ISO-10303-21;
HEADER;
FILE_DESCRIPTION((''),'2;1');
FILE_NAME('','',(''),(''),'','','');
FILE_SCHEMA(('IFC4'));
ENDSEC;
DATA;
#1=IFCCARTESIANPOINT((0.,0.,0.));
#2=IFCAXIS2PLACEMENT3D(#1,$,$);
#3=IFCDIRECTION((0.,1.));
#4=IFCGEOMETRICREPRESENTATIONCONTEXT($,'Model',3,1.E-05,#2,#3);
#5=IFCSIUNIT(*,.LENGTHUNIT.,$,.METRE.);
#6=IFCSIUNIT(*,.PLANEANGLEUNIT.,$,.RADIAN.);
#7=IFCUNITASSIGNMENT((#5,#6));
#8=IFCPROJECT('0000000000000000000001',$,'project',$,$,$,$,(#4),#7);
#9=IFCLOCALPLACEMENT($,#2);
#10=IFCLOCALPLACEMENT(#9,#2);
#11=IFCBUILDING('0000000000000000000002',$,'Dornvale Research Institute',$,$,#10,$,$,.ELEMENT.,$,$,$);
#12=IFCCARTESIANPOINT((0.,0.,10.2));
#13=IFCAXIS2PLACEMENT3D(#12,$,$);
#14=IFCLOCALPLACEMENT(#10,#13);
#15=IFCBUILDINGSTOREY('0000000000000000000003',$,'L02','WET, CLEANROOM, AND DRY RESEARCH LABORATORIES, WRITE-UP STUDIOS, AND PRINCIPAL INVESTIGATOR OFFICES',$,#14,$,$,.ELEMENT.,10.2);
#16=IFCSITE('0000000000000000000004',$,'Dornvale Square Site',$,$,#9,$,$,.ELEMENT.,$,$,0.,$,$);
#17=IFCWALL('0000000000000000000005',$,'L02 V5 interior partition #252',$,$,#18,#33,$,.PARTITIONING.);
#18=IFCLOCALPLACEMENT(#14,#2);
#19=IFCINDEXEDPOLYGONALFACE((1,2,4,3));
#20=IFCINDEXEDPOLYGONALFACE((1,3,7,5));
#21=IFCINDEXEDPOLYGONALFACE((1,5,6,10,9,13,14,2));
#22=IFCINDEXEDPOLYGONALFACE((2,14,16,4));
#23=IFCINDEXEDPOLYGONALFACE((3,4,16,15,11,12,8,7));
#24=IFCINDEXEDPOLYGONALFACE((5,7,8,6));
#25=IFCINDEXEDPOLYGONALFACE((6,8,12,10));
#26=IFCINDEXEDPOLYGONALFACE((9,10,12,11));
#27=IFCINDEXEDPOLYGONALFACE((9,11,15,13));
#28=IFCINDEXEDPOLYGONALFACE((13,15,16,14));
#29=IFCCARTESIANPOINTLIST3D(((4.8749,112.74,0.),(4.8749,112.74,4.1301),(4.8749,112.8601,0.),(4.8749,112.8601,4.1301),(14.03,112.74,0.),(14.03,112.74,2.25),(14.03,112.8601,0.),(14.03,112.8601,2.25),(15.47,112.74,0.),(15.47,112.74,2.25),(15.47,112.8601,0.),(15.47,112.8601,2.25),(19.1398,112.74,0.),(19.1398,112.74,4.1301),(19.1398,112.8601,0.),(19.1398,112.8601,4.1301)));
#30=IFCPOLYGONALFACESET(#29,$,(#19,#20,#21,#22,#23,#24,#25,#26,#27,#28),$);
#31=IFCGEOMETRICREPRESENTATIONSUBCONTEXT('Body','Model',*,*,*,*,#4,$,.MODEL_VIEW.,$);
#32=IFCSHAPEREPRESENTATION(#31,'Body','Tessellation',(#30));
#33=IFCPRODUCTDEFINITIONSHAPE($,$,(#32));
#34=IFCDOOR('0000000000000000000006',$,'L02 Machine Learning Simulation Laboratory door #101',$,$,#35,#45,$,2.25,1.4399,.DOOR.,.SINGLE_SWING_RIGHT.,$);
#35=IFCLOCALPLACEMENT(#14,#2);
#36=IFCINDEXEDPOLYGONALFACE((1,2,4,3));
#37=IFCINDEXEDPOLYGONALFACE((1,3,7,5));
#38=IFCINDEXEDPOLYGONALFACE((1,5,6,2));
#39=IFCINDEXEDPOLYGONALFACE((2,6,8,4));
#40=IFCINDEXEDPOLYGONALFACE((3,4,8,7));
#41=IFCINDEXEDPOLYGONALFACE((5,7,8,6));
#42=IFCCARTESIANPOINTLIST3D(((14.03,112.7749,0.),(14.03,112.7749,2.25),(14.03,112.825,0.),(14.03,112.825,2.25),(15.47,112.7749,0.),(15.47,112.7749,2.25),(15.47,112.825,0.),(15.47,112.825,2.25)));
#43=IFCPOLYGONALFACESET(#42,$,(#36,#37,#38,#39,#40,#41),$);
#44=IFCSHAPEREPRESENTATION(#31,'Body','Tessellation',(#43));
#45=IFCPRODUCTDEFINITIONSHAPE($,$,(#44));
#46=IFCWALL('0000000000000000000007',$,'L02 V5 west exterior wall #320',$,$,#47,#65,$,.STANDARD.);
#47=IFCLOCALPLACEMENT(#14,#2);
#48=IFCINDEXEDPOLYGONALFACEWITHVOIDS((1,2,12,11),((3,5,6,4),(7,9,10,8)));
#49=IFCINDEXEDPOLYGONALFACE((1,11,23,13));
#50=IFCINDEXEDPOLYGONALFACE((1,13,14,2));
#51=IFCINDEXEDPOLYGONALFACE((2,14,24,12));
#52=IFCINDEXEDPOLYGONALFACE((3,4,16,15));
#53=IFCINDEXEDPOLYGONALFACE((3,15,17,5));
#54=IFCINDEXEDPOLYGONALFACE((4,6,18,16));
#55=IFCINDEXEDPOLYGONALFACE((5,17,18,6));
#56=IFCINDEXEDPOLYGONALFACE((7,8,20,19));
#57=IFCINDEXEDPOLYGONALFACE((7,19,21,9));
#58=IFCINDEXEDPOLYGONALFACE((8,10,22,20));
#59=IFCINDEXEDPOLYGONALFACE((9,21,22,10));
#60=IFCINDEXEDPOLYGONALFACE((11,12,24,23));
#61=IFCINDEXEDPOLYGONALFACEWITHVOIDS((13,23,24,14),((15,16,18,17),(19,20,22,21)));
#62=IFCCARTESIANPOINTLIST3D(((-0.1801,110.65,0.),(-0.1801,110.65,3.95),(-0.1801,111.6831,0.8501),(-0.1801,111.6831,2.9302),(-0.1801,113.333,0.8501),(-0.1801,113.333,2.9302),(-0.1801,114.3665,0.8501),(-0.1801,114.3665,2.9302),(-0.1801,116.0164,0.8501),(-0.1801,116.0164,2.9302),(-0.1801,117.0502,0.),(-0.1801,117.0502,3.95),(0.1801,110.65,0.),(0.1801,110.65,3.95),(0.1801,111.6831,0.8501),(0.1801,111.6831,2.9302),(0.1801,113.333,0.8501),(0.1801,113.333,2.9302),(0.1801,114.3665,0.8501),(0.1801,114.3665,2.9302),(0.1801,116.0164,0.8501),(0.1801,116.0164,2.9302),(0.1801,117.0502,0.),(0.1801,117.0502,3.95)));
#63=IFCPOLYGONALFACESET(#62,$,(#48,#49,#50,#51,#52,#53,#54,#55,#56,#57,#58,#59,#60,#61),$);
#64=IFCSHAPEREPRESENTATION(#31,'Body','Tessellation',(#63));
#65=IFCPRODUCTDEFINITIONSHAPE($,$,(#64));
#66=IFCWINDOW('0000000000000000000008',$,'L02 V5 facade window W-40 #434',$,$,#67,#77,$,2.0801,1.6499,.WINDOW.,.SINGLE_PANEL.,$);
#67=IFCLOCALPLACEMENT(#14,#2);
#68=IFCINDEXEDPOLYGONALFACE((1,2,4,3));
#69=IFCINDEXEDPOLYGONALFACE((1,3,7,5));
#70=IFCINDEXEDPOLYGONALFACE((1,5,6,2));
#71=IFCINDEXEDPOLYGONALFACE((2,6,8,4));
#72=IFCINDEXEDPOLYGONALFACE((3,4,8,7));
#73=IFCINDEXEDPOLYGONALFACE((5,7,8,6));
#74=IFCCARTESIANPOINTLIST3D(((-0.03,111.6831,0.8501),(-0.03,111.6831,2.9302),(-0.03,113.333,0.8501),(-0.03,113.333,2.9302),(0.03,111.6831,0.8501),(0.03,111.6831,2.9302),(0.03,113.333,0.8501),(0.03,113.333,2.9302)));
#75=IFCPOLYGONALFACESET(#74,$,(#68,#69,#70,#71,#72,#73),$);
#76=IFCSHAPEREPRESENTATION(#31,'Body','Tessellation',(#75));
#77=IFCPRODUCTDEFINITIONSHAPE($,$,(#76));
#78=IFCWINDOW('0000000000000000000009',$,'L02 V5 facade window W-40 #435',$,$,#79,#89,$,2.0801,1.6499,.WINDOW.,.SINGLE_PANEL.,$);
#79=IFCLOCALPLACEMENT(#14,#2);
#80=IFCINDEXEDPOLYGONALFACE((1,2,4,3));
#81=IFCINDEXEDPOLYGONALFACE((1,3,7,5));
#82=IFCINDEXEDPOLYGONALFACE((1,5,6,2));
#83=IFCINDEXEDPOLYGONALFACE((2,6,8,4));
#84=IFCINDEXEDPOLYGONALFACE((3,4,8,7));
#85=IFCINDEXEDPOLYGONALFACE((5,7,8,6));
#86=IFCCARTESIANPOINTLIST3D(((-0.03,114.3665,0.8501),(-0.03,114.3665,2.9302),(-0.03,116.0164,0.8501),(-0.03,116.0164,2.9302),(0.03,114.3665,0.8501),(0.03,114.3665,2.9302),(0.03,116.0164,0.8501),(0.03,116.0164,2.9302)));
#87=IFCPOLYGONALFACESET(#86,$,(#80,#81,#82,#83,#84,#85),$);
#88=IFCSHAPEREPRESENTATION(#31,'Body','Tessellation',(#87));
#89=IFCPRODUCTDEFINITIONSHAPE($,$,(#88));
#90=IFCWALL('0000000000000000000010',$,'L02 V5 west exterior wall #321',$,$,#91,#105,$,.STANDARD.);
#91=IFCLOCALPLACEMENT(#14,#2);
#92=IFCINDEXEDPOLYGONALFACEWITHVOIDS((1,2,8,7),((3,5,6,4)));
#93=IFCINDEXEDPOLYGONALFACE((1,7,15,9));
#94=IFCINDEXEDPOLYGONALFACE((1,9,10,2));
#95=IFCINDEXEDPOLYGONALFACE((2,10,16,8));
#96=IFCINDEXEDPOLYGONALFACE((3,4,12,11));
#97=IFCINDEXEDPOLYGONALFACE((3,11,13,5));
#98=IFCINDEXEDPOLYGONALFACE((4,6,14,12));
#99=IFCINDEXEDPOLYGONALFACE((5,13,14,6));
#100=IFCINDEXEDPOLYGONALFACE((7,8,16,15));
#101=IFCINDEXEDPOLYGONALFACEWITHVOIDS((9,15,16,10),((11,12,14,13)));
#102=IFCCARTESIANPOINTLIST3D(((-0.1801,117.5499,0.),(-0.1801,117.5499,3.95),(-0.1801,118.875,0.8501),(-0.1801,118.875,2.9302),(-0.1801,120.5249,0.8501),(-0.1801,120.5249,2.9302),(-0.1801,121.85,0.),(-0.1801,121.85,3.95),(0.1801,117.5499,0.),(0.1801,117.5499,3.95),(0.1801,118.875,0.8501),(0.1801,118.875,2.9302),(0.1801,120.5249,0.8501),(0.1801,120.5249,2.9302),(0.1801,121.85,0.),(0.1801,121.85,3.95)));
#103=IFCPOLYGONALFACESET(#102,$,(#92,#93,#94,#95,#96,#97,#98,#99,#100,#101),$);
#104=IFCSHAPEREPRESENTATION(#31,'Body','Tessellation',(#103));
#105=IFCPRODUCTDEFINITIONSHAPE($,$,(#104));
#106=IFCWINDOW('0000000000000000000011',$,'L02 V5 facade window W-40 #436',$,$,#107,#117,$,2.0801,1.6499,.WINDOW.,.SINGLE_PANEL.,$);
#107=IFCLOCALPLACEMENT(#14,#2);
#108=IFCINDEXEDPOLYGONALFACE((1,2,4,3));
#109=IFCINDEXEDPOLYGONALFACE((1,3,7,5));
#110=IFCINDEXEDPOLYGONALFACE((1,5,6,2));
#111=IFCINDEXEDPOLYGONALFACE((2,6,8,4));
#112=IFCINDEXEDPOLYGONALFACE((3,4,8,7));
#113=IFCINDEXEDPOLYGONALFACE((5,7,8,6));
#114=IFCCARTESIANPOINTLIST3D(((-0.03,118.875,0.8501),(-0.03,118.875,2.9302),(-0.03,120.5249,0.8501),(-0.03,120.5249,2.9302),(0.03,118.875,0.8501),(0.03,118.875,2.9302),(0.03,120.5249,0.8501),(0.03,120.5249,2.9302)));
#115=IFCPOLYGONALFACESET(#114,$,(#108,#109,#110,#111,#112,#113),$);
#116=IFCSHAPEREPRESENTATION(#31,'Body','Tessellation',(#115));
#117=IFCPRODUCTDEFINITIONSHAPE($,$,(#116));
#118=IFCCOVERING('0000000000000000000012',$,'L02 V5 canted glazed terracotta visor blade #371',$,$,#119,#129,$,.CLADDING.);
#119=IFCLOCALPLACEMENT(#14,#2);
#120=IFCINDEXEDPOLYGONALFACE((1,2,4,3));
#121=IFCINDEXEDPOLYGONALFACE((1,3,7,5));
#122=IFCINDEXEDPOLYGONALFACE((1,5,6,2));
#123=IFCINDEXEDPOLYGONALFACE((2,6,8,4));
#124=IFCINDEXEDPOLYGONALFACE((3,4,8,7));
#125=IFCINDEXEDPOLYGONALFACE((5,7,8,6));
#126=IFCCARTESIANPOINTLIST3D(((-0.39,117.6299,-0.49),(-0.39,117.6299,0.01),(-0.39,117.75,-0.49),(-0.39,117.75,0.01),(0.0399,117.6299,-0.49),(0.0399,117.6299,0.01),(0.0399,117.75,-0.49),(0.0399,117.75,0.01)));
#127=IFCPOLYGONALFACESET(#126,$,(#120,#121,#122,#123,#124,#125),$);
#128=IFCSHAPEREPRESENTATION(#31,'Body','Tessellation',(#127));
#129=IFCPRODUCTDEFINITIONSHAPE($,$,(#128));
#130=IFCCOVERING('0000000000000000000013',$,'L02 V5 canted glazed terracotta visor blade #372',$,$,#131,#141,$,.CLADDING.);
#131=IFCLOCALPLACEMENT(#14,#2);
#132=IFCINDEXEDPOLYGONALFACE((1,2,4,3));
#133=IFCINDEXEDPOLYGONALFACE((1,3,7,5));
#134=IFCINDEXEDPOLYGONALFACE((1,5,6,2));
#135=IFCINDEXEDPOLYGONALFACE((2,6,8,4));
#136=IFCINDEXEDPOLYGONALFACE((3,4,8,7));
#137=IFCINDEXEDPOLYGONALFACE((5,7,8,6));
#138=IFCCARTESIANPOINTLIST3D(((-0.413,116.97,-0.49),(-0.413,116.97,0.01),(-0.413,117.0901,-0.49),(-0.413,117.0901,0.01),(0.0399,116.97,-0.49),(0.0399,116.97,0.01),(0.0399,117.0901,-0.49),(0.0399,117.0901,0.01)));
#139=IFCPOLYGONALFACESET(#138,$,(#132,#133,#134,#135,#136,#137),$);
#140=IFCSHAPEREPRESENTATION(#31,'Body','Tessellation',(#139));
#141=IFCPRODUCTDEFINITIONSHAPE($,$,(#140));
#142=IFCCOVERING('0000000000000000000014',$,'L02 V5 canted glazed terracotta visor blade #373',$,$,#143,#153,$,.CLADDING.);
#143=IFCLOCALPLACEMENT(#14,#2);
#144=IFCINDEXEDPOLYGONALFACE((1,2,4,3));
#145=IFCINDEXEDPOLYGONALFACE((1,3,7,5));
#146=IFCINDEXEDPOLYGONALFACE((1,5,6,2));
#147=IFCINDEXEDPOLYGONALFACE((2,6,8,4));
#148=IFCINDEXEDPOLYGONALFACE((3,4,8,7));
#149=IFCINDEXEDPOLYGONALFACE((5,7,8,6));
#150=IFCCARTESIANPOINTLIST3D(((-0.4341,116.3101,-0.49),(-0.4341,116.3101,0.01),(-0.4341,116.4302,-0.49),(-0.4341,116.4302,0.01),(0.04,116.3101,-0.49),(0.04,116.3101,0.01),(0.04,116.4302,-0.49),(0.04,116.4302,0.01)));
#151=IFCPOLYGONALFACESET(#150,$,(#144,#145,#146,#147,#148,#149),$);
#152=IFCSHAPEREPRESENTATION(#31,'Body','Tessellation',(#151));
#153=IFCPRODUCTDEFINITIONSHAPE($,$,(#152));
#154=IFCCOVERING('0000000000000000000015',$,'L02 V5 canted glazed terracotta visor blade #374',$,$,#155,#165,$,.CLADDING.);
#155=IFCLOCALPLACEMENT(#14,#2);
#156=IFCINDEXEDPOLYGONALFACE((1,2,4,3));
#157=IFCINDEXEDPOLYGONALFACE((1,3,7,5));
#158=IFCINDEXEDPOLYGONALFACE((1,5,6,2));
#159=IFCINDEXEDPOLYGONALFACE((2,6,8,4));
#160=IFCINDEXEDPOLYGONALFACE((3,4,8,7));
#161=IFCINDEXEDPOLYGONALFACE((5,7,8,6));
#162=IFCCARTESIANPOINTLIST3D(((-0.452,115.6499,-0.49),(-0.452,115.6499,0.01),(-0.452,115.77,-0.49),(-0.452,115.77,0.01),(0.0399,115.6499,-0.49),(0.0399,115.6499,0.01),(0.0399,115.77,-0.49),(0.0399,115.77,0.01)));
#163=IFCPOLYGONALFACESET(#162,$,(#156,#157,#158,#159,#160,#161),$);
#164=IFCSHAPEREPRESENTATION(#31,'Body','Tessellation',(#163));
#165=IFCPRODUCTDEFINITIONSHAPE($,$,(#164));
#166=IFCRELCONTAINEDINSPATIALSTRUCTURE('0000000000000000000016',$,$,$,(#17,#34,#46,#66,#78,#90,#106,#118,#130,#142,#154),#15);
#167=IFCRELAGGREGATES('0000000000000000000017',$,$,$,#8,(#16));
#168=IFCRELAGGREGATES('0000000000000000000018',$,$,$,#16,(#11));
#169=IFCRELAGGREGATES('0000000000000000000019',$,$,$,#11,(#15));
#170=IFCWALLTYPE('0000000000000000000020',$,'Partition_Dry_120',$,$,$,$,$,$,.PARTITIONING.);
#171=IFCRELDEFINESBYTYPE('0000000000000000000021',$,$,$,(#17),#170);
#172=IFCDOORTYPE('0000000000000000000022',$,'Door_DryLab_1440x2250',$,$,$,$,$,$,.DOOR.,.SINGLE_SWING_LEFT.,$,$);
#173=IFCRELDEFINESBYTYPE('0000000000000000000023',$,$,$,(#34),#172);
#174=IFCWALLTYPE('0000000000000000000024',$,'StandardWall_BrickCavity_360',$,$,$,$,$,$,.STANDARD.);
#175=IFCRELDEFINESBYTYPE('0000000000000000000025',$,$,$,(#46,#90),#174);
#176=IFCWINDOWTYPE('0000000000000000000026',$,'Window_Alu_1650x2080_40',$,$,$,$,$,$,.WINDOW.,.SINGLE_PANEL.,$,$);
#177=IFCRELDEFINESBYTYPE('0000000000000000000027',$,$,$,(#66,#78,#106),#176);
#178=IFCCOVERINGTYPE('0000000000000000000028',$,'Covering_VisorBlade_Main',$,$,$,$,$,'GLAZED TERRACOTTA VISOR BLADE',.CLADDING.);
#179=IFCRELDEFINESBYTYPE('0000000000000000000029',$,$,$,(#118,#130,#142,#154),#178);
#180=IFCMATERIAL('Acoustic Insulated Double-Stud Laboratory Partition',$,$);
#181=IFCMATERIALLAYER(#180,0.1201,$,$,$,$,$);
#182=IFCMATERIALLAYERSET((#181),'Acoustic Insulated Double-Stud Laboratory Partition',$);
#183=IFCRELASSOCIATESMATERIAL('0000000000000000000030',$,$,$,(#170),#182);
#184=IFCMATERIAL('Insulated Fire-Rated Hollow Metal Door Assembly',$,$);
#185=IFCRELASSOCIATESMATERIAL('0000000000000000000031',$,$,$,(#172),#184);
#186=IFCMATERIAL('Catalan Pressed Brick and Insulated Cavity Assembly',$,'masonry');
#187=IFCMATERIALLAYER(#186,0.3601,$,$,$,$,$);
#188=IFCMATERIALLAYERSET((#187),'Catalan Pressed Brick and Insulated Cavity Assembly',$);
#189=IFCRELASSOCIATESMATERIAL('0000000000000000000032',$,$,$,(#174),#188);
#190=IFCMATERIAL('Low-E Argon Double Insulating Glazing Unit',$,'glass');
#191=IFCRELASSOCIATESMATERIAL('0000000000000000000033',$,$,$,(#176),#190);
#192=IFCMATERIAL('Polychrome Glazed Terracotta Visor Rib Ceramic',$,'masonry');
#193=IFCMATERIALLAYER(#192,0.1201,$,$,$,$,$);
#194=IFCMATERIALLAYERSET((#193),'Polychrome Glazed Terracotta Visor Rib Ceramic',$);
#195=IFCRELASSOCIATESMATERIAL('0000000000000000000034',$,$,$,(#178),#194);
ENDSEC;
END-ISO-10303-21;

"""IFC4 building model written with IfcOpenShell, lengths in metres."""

from ifc_helpers import new_model, si_unit, direction, frame, frame_2d, origin, origin_2d, place, context, subcontext, project, spatial, rectangle, extrude, material, layer, layer_set, type_object, element, fill, save


model = new_model("IFC4")

# Units and contexts
model_context = context("Model", 3, precision=1e-05, world=origin(), true_north=direction((0.0, 1.0)))
body_context = subcontext(model_context, "Body", "Model", "MODEL_VIEW")
ifc_project = project(units=[si_unit("LENGTHUNIT", "METRE"), si_unit("PLANEANGLEUNIT", "RADIAN")], contexts=[model_context])

# Site, building, storey
site_placement = place(None, origin())
site = spatial("IfcSite", under=ifc_project, at=site_placement, Name="Dornvale Square Site", CompositionType="ELEMENT", RefElevation=0.0)
building_placement = place(site_placement, origin())
building = spatial("IfcBuilding", under=site, at=building_placement, Name="Dornvale Research Institute", CompositionType="ELEMENT")
storey_placement = place(building_placement, frame((0.0, 0.0, 10.2)))
storey = spatial("IfcBuildingStorey", under=building, at=storey_placement, Name="L02", Description="WET, CLEANROOM, AND DRY RESEARCH LABORATORIES, WRITE-UP STUDIOS, AND PRINCIPAL INVESTIGATOR OFFICES", CompositionType="ELEMENT", Elevation=10.2)

# Shared definitions
ifc_material_1 = material(Name="Acoustic Insulated Double-Stud Laboratory Partition")
ifc_layer_1 = layer(ifc_material_1, 0.1201)
ifc_layer_set_1 = layer_set([ifc_layer_1], Name="Acoustic Insulated Double-Stud Laboratory Partition")
wall_type_1 = type_object("IfcWallType", Name="Partition_Dry_120", PredefinedType="PARTITIONING", material=ifc_layer_set_1)

# Wall, opening, door
wall_1_placement = place(storey_placement, frame((4.875, 112.8, 0.0), z_axis=(0.0, 0.0, 1.0), x_axis=(1.0, 0.0, 0.0)))
wall_1 = element("IfcWall", 1, at=wall_1_placement, inside=storey, type_object=wall_type_1, Name="L02 V5 interior partition #252", PredefinedType="PARTITIONING", context=body_context, shape_type="SweptSolid", body=[
    extrude(rectangle(XDim=14.2649, YDim=0.1201, at=frame_2d((7.1323, 0.0))), origin(), (0.0, 0.0, 1.0), 4.1301),
])
opening_1_placement = place(wall_1_placement, frame((9.155, 0.0, 0.0)))
opening_1 = element("IfcOpeningElement", 2, at=opening_1_placement, cuts=wall_1, PredefinedType="OPENING", context=body_context, shape_type="SweptSolid", body=[
    extrude(rectangle(XDim=1.4399, YDim=2.25, at=frame_2d((0.72, 1.125))), frame((0.0, 0.075, 0.0), z_axis=(0.0, -1.0, 0.0), x_axis=(1.0, 0.0, 0.0)), (0.0, 0.0, 1.0), 0.1501),
])
ifc_material_2 = material(Name="Insulated Fire-Rated Hollow Metal Door Assembly")
door_type_1 = type_object("IfcDoorType", Name="Door_DryLab_1440x2250", OperationType="SINGLE_SWING_LEFT", PredefinedType="DOOR", material=ifc_material_2)
door_1_placement = place(opening_1_placement, origin())
door_1 = element("IfcDoor", 3, at=door_1_placement, inside=storey, type_object=door_type_1, Name="L02 Machine Learning Simulation Laboratory door #101", OperationType="SINGLE_SWING_RIGHT", OverallHeight=2.25, OverallWidth=1.4399, PredefinedType="DOOR", context=body_context, shape_type="SweptSolid", body=[
    extrude(rectangle(XDim=1.4399, YDim=2.25, at=frame_2d((0.72, 1.125))), frame((0.0, 0.0249, 0.0), z_axis=(0.0, -1.0, 0.0), x_axis=(1.0, 0.0, 0.0)), (0.0, 0.0, 1.0), 0.05),
])
fill(opening_1, door_1)

# Wall, openings, windows
ifc_material_3 = material(Name="Catalan Pressed Brick and Insulated Cavity Assembly", Category="masonry")
ifc_layer_2 = layer(ifc_material_3, 0.3601)
ifc_layer_set_2 = layer_set([ifc_layer_2], Name="Catalan Pressed Brick and Insulated Cavity Assembly")
wall_type_2 = type_object("IfcWallType", Name="StandardWall_BrickCavity_360", PredefinedType="STANDARD", material=ifc_layer_set_2)
wall_2_placement = place(storey_placement, frame((0.0, 110.6499, 0.0), z_axis=(0.0, 0.0, 1.0), x_axis=(0.0, 1.0, 0.0)))
wall_2 = element("IfcWall", 4, at=wall_2_placement, inside=storey, type_object=wall_type_2, Name="L02 V5 west exterior wall #320", PredefinedType="STANDARD", context=body_context, shape_type="SweptSolid", body=[
    extrude(rectangle(XDim=6.4001, YDim=0.3601, at=frame_2d((3.2002, 0.0))), origin(), (0.0, 0.0, 1.0), 3.95),
])
opening_2_placement = place(wall_2_placement, frame((1.0332, 0.0, 0.8501)))
opening_2 = element("IfcOpeningElement", 5, at=opening_2_placement, cuts=wall_2, PredefinedType="OPENING", context=body_context, shape_type="SweptSolid", body=[
    extrude(rectangle(XDim=1.6499, YDim=2.0801, at=frame_2d((0.825, 1.04))), frame((0.0, 0.1951, 0.0), z_axis=(0.0, -1.0, 0.0), x_axis=(1.0, 0.0, 0.0)), (0.0, 0.0, 1.0), 0.3901),
])
opening_3_placement = place(wall_2_placement, frame((3.7166, 0.0, 0.8501)))
opening_3 = element("IfcOpeningElement", 6, at=opening_3_placement, cuts=wall_2, PredefinedType="OPENING", context=body_context, shape_type="SweptSolid", body=[
    extrude(rectangle(XDim=1.6499, YDim=2.0801, at=frame_2d((0.825, 1.04))), frame((0.0, 0.1951, 0.0), z_axis=(0.0, -1.0, 0.0), x_axis=(1.0, 0.0, 0.0)), (0.0, 0.0, 1.0), 0.3901),
])
ifc_material_4 = material(Name="Low-E Argon Double Insulating Glazing Unit", Category="glass")
window_type = type_object("IfcWindowType", Name="Window_Alu_1650x2080_40", PartitioningType="SINGLE_PANEL", PredefinedType="WINDOW", material=ifc_material_4)
window_1_placement = place(opening_2_placement, origin())
window_1 = element("IfcWindow", 7, at=window_1_placement, inside=storey, type_object=window_type, Name="L02 V5 facade window W-40 #434", OverallHeight=2.0801, OverallWidth=1.6499, PartitioningType="SINGLE_PANEL", PredefinedType="WINDOW", context=body_context, shape_type="SweptSolid", body=[
    extrude(rectangle(XDim=1.6499, YDim=2.0801, at=frame_2d((0.825, 1.04))), frame((0.0, 0.03, 0.0), z_axis=(0.0, -1.0, 0.0), x_axis=(1.0, 0.0, 0.0)), (0.0, 0.0, 1.0), 0.0601),
])
fill(opening_2, window_1)
window_2_placement = place(opening_3_placement, origin())
window_2 = element("IfcWindow", 8, at=window_2_placement, inside=storey, type_object=window_type, Name="L02 V5 facade window W-40 #435", OverallHeight=2.0801, OverallWidth=1.6499, PartitioningType="SINGLE_PANEL", PredefinedType="WINDOW", context=body_context, shape_type="SweptSolid", body=[
    extrude(rectangle(XDim=1.6499, YDim=2.0801, at=frame_2d((0.825, 1.04))), frame((0.0, 0.03, 0.0), z_axis=(0.0, -1.0, 0.0), x_axis=(1.0, 0.0, 0.0)), (0.0, 0.0, 1.0), 0.0601),
])
fill(opening_3, window_2)

# Wall, opening, window
wall_3_placement = place(storey_placement, frame((0.0, 117.55, 0.0), z_axis=(0.0, 0.0, 1.0), x_axis=(0.0, 1.0, 0.0)))
wall_3 = element("IfcWall", 9, at=wall_3_placement, inside=storey, type_object=wall_type_2, Name="L02 V5 west exterior wall #321", PredefinedType="STANDARD", context=body_context, shape_type="SweptSolid", body=[
    extrude(rectangle(XDim=4.3, YDim=0.3601, at=frame_2d((2.1499, 0.0))), origin(), (0.0, 0.0, 1.0), 3.95),
])
opening_4_placement = place(wall_3_placement, frame((1.325, 0.0, 0.8501)))
opening_4 = element("IfcOpeningElement", 10, at=opening_4_placement, cuts=wall_3, PredefinedType="OPENING", context=body_context, shape_type="SweptSolid", body=[
    extrude(rectangle(XDim=1.6499, YDim=2.0801, at=frame_2d((0.825, 1.04))), frame((0.0, 0.1951, 0.0), z_axis=(0.0, -1.0, 0.0), x_axis=(1.0, 0.0, 0.0)), (0.0, 0.0, 1.0), 0.3901),
])
window_3_placement = place(opening_4_placement, origin())
window_3 = element("IfcWindow", 11, at=window_3_placement, inside=storey, type_object=window_type, Name="L02 V5 facade window W-40 #436", OverallHeight=2.0801, OverallWidth=1.6499, PartitioningType="SINGLE_PANEL", PredefinedType="WINDOW", context=body_context, shape_type="SweptSolid", body=[
    extrude(rectangle(XDim=1.6499, YDim=2.0801, at=frame_2d((0.825, 1.04))), frame((0.0, 0.03, 0.0), z_axis=(0.0, -1.0, 0.0), x_axis=(1.0, 0.0, 0.0)), (0.0, 0.0, 1.0), 0.0601),
])
fill(opening_4, window_3)

# Coverings
ifc_material_5 = material(Name="Polychrome Glazed Terracotta Visor Rib Ceramic", Category="masonry")
ifc_layer_3 = layer(ifc_material_5, 0.1201)
ifc_layer_set_3 = layer_set([ifc_layer_3], Name="Polychrome Glazed Terracotta Visor Rib Ceramic")
covering_type = type_object("IfcCoveringType", Name="Covering_VisorBlade_Main", ElementType="GLAZED TERRACOTTA VISOR BLADE", PredefinedType="CLADDING", material=ifc_layer_set_3)
covering_1_placement = place(storey_placement, frame((-0.175, 117.6899, -0.49), z_axis=(0.0, 0.0, 1.0), x_axis=(1.0, 0.0, 0.0)))
element("IfcCovering", 12, at=covering_1_placement, inside=storey, type_object=covering_type, Name="L02 V5 canted glazed terracotta visor blade #371", PredefinedType="CLADDING", context=body_context, shape_type="SweptSolid", body=[
    extrude(rectangle(XDim=0.4299, YDim=0.1201, at=origin_2d()), origin(), (0.0, 0.0, 1.0), 0.5),
])
covering_2_placement = place(storey_placement, frame((-0.1865, 117.03, -0.49), z_axis=(0.0, 0.0, 1.0), x_axis=(1.0, 0.0, 0.0)))
element("IfcCovering", 13, at=covering_2_placement, inside=storey, type_object=covering_type, Name="L02 V5 canted glazed terracotta visor blade #372", PredefinedType="CLADDING", context=body_context, shape_type="SweptSolid", body=[
    extrude(rectangle(XDim=0.4529, YDim=0.1201, at=origin_2d()), origin(), (0.0, 0.0, 1.0), 0.5),
])
covering_3_placement = place(storey_placement, frame((-0.197, 116.3701, -0.49), z_axis=(0.0, 0.0, 1.0), x_axis=(1.0, 0.0, 0.0)))
element("IfcCovering", 14, at=covering_3_placement, inside=storey, type_object=covering_type, Name="L02 V5 canted glazed terracotta visor blade #373", PredefinedType="CLADDING", context=body_context, shape_type="SweptSolid", body=[
    extrude(rectangle(XDim=0.4741, YDim=0.1201, at=origin_2d()), origin(), (0.0, 0.0, 1.0), 0.5),
])
covering_4_placement = place(storey_placement, frame((-0.2061, 115.71, -0.49), z_axis=(0.0, 0.0, 1.0), x_axis=(1.0, 0.0, 0.0)))
element("IfcCovering", 15, at=covering_4_placement, inside=storey, type_object=covering_type, Name="L02 V5 canted glazed terracotta visor blade #374", PredefinedType="CLADDING", context=body_context, shape_type="SweptSolid", body=[
    extrude(rectangle(XDim=0.4919, YDim=0.1201, at=origin_2d()), origin(), (0.0, 0.0, 1.0), 0.5),
])

save(model, "model.ifc")
